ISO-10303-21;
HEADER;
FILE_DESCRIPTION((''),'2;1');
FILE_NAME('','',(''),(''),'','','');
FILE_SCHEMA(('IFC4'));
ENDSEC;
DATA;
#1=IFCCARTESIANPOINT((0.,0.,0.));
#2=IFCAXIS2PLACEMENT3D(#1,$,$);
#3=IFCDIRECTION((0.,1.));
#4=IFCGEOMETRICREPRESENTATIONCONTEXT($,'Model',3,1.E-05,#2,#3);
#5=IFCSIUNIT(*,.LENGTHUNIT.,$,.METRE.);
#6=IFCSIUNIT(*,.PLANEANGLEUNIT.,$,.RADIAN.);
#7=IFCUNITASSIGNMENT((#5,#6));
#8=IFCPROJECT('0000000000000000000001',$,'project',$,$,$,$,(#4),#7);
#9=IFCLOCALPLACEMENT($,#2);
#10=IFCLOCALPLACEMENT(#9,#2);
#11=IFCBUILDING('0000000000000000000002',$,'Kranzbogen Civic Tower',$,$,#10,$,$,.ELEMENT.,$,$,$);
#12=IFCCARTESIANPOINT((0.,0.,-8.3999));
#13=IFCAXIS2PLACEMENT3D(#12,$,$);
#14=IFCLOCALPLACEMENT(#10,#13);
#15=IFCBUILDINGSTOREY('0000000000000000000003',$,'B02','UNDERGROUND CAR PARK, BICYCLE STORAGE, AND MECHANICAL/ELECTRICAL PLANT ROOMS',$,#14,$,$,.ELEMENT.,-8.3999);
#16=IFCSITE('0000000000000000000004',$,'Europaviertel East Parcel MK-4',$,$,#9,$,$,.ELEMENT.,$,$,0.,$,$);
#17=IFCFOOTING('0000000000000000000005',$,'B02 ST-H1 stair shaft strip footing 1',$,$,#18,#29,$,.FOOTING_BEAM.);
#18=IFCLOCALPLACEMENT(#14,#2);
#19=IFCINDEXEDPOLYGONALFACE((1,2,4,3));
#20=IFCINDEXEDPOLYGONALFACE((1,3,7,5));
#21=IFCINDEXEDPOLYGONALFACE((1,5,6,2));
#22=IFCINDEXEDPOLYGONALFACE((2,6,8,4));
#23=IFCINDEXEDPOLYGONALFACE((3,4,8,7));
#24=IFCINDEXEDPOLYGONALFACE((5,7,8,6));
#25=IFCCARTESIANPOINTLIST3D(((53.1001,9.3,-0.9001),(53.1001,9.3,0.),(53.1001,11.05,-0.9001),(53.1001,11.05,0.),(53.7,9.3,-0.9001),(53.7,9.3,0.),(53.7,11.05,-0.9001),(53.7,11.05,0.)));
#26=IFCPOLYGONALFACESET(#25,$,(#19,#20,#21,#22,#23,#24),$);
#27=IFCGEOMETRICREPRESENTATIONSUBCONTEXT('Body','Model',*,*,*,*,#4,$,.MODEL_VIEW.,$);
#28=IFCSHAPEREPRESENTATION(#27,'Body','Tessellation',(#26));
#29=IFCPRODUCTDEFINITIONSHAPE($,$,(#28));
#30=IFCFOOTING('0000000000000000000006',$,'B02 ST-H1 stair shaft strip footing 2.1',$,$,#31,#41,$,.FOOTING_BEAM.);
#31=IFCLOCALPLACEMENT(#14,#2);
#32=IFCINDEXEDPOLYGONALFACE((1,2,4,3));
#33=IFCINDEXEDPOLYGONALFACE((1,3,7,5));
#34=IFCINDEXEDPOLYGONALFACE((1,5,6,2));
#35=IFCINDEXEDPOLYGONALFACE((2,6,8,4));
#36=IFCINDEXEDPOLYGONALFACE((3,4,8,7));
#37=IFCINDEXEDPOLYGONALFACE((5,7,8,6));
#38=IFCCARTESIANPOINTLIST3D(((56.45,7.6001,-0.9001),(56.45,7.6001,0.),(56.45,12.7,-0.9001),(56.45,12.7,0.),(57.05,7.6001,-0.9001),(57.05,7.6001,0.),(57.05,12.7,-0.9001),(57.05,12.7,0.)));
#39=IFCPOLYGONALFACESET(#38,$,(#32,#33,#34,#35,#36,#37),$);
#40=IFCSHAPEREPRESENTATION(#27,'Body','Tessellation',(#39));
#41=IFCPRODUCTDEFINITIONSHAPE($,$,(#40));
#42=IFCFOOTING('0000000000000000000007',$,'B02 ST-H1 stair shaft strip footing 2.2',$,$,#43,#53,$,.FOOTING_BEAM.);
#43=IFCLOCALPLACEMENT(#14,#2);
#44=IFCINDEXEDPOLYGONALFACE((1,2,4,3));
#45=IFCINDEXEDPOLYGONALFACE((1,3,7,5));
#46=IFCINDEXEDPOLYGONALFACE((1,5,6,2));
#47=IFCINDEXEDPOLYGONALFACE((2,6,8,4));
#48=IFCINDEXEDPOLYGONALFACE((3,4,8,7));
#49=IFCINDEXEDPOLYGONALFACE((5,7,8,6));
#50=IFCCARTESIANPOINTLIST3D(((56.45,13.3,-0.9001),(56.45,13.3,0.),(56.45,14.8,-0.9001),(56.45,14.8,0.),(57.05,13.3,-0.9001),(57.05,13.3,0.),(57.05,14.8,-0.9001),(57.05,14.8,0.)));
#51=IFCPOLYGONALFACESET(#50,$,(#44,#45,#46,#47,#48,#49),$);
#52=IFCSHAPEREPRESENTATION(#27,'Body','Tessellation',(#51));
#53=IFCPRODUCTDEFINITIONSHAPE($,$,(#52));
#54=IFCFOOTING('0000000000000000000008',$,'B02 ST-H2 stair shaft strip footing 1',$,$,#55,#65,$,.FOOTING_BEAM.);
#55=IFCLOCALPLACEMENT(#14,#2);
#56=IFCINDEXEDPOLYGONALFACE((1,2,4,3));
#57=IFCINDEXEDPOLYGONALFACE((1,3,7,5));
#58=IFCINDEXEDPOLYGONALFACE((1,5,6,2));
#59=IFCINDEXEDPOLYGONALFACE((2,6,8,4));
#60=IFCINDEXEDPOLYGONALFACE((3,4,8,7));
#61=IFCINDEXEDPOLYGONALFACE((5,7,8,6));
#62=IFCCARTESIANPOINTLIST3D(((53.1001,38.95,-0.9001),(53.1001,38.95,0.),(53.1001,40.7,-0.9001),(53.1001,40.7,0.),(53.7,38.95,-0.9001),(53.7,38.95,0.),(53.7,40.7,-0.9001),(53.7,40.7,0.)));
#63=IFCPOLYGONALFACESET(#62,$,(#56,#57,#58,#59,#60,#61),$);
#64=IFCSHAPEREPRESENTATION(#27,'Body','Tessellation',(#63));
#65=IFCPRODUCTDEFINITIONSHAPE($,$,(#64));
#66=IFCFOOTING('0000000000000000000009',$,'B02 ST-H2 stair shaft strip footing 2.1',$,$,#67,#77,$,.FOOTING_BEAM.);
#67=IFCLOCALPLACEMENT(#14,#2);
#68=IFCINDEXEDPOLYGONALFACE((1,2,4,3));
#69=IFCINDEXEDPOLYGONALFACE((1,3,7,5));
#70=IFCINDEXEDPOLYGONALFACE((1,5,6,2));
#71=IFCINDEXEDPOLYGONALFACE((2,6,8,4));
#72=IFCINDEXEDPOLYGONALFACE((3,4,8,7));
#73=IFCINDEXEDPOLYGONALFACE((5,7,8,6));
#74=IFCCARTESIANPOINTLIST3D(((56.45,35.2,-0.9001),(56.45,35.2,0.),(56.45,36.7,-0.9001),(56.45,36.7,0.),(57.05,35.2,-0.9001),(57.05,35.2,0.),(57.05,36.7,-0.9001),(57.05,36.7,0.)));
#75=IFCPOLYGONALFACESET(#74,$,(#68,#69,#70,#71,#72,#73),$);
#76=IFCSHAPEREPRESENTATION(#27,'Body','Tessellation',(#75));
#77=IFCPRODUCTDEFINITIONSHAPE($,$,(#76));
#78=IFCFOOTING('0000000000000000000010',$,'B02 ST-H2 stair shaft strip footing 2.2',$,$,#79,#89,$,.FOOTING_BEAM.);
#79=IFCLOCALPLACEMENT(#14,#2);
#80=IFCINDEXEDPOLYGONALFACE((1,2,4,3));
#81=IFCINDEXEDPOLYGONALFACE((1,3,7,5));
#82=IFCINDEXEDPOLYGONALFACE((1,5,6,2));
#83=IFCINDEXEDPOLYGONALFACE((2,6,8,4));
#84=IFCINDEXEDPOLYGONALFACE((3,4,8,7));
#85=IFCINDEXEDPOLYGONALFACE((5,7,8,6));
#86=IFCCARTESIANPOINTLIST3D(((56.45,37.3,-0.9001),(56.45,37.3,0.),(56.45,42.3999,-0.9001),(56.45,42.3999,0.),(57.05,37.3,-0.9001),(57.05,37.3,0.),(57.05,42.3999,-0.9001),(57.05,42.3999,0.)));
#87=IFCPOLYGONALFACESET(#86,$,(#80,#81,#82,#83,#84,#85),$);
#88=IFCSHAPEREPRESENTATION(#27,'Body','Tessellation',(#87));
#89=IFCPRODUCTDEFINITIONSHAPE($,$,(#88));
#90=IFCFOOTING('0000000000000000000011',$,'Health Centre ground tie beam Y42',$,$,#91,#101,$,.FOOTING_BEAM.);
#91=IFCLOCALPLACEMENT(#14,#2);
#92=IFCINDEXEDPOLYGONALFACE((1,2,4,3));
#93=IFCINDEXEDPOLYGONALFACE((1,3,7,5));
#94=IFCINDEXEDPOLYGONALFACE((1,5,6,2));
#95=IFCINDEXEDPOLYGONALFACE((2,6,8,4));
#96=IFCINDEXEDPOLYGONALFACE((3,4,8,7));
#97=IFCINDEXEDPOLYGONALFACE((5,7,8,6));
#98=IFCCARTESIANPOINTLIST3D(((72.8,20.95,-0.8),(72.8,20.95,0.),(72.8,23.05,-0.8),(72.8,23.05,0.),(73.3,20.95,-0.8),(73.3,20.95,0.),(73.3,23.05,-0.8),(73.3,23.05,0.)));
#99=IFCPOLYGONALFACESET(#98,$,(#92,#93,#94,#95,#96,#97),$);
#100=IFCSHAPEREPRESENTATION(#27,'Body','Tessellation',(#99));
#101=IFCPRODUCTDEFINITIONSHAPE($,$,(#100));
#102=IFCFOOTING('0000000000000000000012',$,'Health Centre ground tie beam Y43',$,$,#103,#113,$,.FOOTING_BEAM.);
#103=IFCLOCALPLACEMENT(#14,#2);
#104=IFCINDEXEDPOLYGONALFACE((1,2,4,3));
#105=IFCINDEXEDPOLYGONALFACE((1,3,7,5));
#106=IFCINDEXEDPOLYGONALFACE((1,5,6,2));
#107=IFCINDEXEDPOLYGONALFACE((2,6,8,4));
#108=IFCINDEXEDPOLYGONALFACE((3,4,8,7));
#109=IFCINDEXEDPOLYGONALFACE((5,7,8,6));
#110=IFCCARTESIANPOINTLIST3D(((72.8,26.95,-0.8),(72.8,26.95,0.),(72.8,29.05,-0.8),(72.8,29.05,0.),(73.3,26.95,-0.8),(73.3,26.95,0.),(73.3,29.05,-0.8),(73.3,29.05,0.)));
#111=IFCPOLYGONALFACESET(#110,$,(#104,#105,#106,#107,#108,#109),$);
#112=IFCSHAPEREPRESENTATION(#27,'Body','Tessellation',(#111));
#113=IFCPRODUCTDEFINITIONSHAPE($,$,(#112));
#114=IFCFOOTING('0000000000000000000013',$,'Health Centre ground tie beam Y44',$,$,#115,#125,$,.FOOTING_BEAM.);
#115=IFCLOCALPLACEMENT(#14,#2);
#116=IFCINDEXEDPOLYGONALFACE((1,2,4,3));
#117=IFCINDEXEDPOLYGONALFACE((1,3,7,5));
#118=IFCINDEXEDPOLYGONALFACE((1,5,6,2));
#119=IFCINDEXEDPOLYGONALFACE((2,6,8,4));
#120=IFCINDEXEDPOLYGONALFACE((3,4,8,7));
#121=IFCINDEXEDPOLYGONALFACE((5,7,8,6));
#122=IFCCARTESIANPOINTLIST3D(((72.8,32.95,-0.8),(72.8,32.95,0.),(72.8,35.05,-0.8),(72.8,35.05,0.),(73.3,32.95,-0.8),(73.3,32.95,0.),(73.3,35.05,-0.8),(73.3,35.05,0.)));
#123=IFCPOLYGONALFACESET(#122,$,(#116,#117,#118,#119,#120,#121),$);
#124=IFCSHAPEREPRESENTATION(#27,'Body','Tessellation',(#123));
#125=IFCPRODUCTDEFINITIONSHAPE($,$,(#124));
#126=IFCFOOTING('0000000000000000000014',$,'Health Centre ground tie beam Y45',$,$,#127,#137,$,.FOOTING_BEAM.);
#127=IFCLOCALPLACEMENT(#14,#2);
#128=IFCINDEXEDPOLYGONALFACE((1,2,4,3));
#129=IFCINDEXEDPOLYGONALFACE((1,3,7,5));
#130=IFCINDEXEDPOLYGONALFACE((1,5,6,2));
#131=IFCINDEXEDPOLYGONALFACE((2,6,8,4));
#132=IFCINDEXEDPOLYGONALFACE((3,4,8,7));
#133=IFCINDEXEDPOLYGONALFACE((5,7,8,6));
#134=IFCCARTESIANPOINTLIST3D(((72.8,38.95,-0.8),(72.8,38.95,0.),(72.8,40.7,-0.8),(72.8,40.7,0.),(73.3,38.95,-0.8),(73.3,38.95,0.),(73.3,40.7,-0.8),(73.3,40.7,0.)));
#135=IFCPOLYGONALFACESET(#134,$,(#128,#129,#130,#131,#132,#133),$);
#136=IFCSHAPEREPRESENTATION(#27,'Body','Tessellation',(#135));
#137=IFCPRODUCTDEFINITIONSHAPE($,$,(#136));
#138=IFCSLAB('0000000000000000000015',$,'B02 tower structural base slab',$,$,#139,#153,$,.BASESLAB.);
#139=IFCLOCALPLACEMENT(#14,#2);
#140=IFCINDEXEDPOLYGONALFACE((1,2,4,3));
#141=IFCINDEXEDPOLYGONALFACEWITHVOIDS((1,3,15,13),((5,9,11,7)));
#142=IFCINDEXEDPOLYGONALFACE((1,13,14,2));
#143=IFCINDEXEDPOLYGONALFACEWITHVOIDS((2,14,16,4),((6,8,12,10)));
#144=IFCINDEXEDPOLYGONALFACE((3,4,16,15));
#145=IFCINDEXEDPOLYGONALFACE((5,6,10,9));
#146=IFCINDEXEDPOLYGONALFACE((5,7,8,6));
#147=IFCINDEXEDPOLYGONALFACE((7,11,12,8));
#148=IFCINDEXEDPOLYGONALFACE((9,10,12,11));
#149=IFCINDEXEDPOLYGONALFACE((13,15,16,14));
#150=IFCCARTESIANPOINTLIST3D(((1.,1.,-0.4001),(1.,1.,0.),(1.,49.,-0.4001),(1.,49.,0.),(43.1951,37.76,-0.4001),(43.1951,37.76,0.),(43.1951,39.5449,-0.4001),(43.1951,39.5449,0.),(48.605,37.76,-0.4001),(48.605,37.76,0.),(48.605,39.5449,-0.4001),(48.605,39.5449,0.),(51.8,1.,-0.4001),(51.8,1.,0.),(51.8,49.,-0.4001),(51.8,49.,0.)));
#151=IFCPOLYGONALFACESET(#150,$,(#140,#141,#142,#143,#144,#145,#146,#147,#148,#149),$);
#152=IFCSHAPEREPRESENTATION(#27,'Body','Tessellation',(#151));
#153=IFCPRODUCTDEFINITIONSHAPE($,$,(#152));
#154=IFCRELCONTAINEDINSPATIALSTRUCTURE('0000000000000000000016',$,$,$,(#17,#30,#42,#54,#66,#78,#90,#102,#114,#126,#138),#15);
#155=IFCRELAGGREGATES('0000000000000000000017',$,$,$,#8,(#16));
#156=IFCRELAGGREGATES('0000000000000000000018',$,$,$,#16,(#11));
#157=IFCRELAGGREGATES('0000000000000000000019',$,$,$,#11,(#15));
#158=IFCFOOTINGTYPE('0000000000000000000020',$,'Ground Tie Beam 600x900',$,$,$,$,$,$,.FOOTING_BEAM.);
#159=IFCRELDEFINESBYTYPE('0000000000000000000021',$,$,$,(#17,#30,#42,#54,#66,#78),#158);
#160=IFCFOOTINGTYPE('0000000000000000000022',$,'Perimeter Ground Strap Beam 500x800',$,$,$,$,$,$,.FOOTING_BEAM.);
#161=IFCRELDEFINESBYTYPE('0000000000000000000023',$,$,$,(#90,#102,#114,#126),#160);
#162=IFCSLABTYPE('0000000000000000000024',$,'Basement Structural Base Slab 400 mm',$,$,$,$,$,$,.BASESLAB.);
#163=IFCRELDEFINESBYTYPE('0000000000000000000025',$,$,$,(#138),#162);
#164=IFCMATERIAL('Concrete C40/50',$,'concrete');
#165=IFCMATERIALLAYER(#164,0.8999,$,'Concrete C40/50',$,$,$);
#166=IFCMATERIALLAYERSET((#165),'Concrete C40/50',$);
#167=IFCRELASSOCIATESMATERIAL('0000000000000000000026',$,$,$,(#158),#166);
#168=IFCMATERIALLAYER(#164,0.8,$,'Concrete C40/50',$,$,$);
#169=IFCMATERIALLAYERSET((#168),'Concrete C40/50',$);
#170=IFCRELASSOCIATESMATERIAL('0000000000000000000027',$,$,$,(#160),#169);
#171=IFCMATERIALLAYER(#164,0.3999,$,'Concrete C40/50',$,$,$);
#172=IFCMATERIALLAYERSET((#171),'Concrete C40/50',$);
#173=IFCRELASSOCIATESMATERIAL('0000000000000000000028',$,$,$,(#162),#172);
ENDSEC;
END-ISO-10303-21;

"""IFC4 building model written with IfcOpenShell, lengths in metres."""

from ifc_helpers import new_model, si_unit, direction, frame, origin, place, context, subcontext, project, spatial, polyline, outline, extrude, material, layer, layer_set, type_object, element, save


model = new_model("IFC4")

# Units and contexts
model_context = context("Model", 3, precision=1e-05, world=origin(), true_north=direction((0.0, 1.0)))
body_context = subcontext(model_context, "Body", "Model", "MODEL_VIEW")
ifc_project = project(units=[si_unit("LENGTHUNIT", "METRE"), si_unit("PLANEANGLEUNIT", "RADIAN")], contexts=[model_context])

# Site, building, storey
site_placement = place(None, origin())
site = spatial("IfcSite", under=ifc_project, at=site_placement, Name="Europaviertel East Parcel MK-4", CompositionType="ELEMENT", RefElevation=0.0)
building_placement = place(site_placement, origin())
building = spatial("IfcBuilding", under=site, at=building_placement, Name="Kranzbogen Civic Tower", CompositionType="ELEMENT")
storey_placement = place(building_placement, frame((0.0, 0.0, -8.3999)))
storey = spatial("IfcBuildingStorey", under=building, at=storey_placement, Name="B02", Description="UNDERGROUND CAR PARK, BICYCLE STORAGE, AND MECHANICAL/ELECTRICAL PLANT ROOMS", CompositionType="ELEMENT", Elevation=-8.3999)

# Footings
ifc_material = material(Name="Concrete C40/50", Category="concrete")
ifc_layer_1 = layer(ifc_material, 0.8999, Name="Concrete C40/50")
ifc_layer_set_1 = layer_set([ifc_layer_1], Name="Concrete C40/50")
footing_type_1 = type_object("IfcFootingType", Name="Ground Tie Beam 600x900", PredefinedType="FOOTING_BEAM", material=ifc_layer_set_1)
footing_1_placement = place(storey_placement, frame((0.0, 0.0, -0.9001)))
element("IfcFooting", 1, at=footing_1_placement, inside=storey, type_object=footing_type_1, Name="B02 ST-H1 stair shaft strip footing 1", PredefinedType="FOOTING_BEAM", context=body_context, shape_type="SweptSolid", body=[
    extrude(outline(polyline([(53.1001, 9.3), (53.7, 9.3), (53.7, 11.05), (53.1001, 11.05), (53.1001, 9.3)])), origin(), (0.0, 0.0, 1.0), 0.9001),
])
footing_2_placement = place(storey_placement, frame((0.0, 0.0, -0.9001)))
element("IfcFooting", 2, at=footing_2_placement, inside=storey, type_object=footing_type_1, Name="B02 ST-H1 stair shaft strip footing 2.1", PredefinedType="FOOTING_BEAM", context=body_context, shape_type="SweptSolid", body=[
    extrude(outline(polyline([(56.45, 7.6001), (57.05, 7.6001), (57.05, 12.7), (56.45, 12.7), (56.45, 7.6001)])), origin(), (0.0, 0.0, 1.0), 0.9001),
])
footing_3_placement = place(storey_placement, frame((0.0, 0.0, -0.9001)))
element("IfcFooting", 3, at=footing_3_placement, inside=storey, type_object=footing_type_1, Name="B02 ST-H1 stair shaft strip footing 2.2", PredefinedType="FOOTING_BEAM", context=body_context, shape_type="SweptSolid", body=[
    extrude(outline(polyline([(56.45, 13.3), (57.05, 13.3), (57.05, 14.8), (56.45, 14.8), (56.45, 13.3)])), origin(), (0.0, 0.0, 1.0), 0.9001),
])
footing_4_placement = place(storey_placement, frame((0.0, 0.0, -0.9001)))
element("IfcFooting", 4, at=footing_4_placement, inside=storey, type_object=footing_type_1, Name="B02 ST-H2 stair shaft strip footing 1", PredefinedType="FOOTING_BEAM", context=body_context, shape_type="SweptSolid", body=[
    extrude(outline(polyline([(53.1001, 38.95), (53.7, 38.95), (53.7, 40.7), (53.1001, 40.7), (53.1001, 38.95)])), origin(), (0.0, 0.0, 1.0), 0.9001),
])
footing_5_placement = place(storey_placement, frame((0.0, 0.0, -0.9001)))
element("IfcFooting", 5, at=footing_5_placement, inside=storey, type_object=footing_type_1, Name="B02 ST-H2 stair shaft strip footing 2.1", PredefinedType="FOOTING_BEAM", context=body_context, shape_type="SweptSolid", body=[
    extrude(outline(polyline([(56.45, 35.2), (57.05, 35.2), (57.05, 36.7), (56.45, 36.7), (56.45, 35.2)])), origin(), (0.0, 0.0, 1.0), 0.9001),
])
footing_6_placement = place(storey_placement, frame((0.0, 0.0, -0.9001)))
element("IfcFooting", 6, at=footing_6_placement, inside=storey, type_object=footing_type_1, Name="B02 ST-H2 stair shaft strip footing 2.2", PredefinedType="FOOTING_BEAM", context=body_context, shape_type="SweptSolid", body=[
    extrude(outline(polyline([(56.45, 37.3), (57.05, 37.3), (57.05, 42.3999), (56.45, 42.3999), (56.45, 37.3)])), origin(), (0.0, 0.0, 1.0), 0.9001),
])
ifc_layer_2 = layer(ifc_material, 0.8, Name="Concrete C40/50")
ifc_layer_set_2 = layer_set([ifc_layer_2], Name="Concrete C40/50")
footing_type_2 = type_object("IfcFootingType", Name="Perimeter Ground Strap Beam 500x800", PredefinedType="FOOTING_BEAM", material=ifc_layer_set_2)
footing_7_placement = place(storey_placement, frame((0.0, 0.0, -0.8)))
element("IfcFooting", 7, at=footing_7_placement, inside=storey, type_object=footing_type_2, Name="Health Centre ground tie beam Y42", PredefinedType="FOOTING_BEAM", context=body_context, shape_type="SweptSolid", body=[
    extrude(outline(polyline([(72.8, 20.95), (73.3, 20.95), (73.3, 23.05), (72.8, 23.05), (72.8, 20.95)])), origin(), (0.0, 0.0, 1.0), 0.8),
])
footing_8_placement = place(storey_placement, frame((0.0, 0.0, -0.8)))
element("IfcFooting", 8, at=footing_8_placement, inside=storey, type_object=footing_type_2, Name="Health Centre ground tie beam Y43", PredefinedType="FOOTING_BEAM", context=body_context, shape_type="SweptSolid", body=[
    extrude(outline(polyline([(72.8, 26.95), (73.3, 26.95), (73.3, 29.05), (72.8, 29.05), (72.8, 26.95)])), origin(), (0.0, 0.0, 1.0), 0.8),
])
footing_9_placement = place(storey_placement, frame((0.0, 0.0, -0.8)))
element("IfcFooting", 9, at=footing_9_placement, inside=storey, type_object=footing_type_2, Name="Health Centre ground tie beam Y44", PredefinedType="FOOTING_BEAM", context=body_context, shape_type="SweptSolid", body=[
    extrude(outline(polyline([(72.8, 32.95), (73.3, 32.95), (73.3, 35.05), (72.8, 35.05), (72.8, 32.95)])), origin(), (0.0, 0.0, 1.0), 0.8),
])
footing_10_placement = place(storey_placement, frame((0.0, 0.0, -0.8)))
element("IfcFooting", 10, at=footing_10_placement, inside=storey, type_object=footing_type_2, Name="Health Centre ground tie beam Y45", PredefinedType="FOOTING_BEAM", context=body_context, shape_type="SweptSolid", body=[
    extrude(outline(polyline([(72.8, 38.95), (73.3, 38.95), (73.3, 40.7), (72.8, 40.7), (72.8, 38.95)])), origin(), (0.0, 0.0, 1.0), 0.8),
])

# Slab
ifc_layer_3 = layer(ifc_material, 0.3999, Name="Concrete C40/50")
ifc_layer_set_3 = layer_set([ifc_layer_3], Name="Concrete C40/50")
slab_type = type_object("IfcSlabType", Name="Basement Structural Base Slab 400 mm", PredefinedType="BASESLAB", material=ifc_layer_set_3)
slab_1_placement = place(storey_placement, frame((0.0, 0.0, -0.4001)))
element("IfcSlab", 11, at=slab_1_placement, inside=storey, type_object=slab_type, Name="B02 tower structural base slab", PredefinedType="BASESLAB", context=body_context, shape_type="SweptSolid", body=[
    extrude(outline(polyline([(51.8, 1.0), (51.8, 49.0), (1.0, 49.0), (1.0, 1.0), (51.8, 1.0)]), holes=[polyline([(48.605, 37.76), (43.1951, 37.76), (43.1951, 39.5449), (48.605, 39.5449), (48.605, 37.76)])]), origin(), (0.0, 0.0, 1.0), 0.4001),
])

save(model, "model.ifc")
